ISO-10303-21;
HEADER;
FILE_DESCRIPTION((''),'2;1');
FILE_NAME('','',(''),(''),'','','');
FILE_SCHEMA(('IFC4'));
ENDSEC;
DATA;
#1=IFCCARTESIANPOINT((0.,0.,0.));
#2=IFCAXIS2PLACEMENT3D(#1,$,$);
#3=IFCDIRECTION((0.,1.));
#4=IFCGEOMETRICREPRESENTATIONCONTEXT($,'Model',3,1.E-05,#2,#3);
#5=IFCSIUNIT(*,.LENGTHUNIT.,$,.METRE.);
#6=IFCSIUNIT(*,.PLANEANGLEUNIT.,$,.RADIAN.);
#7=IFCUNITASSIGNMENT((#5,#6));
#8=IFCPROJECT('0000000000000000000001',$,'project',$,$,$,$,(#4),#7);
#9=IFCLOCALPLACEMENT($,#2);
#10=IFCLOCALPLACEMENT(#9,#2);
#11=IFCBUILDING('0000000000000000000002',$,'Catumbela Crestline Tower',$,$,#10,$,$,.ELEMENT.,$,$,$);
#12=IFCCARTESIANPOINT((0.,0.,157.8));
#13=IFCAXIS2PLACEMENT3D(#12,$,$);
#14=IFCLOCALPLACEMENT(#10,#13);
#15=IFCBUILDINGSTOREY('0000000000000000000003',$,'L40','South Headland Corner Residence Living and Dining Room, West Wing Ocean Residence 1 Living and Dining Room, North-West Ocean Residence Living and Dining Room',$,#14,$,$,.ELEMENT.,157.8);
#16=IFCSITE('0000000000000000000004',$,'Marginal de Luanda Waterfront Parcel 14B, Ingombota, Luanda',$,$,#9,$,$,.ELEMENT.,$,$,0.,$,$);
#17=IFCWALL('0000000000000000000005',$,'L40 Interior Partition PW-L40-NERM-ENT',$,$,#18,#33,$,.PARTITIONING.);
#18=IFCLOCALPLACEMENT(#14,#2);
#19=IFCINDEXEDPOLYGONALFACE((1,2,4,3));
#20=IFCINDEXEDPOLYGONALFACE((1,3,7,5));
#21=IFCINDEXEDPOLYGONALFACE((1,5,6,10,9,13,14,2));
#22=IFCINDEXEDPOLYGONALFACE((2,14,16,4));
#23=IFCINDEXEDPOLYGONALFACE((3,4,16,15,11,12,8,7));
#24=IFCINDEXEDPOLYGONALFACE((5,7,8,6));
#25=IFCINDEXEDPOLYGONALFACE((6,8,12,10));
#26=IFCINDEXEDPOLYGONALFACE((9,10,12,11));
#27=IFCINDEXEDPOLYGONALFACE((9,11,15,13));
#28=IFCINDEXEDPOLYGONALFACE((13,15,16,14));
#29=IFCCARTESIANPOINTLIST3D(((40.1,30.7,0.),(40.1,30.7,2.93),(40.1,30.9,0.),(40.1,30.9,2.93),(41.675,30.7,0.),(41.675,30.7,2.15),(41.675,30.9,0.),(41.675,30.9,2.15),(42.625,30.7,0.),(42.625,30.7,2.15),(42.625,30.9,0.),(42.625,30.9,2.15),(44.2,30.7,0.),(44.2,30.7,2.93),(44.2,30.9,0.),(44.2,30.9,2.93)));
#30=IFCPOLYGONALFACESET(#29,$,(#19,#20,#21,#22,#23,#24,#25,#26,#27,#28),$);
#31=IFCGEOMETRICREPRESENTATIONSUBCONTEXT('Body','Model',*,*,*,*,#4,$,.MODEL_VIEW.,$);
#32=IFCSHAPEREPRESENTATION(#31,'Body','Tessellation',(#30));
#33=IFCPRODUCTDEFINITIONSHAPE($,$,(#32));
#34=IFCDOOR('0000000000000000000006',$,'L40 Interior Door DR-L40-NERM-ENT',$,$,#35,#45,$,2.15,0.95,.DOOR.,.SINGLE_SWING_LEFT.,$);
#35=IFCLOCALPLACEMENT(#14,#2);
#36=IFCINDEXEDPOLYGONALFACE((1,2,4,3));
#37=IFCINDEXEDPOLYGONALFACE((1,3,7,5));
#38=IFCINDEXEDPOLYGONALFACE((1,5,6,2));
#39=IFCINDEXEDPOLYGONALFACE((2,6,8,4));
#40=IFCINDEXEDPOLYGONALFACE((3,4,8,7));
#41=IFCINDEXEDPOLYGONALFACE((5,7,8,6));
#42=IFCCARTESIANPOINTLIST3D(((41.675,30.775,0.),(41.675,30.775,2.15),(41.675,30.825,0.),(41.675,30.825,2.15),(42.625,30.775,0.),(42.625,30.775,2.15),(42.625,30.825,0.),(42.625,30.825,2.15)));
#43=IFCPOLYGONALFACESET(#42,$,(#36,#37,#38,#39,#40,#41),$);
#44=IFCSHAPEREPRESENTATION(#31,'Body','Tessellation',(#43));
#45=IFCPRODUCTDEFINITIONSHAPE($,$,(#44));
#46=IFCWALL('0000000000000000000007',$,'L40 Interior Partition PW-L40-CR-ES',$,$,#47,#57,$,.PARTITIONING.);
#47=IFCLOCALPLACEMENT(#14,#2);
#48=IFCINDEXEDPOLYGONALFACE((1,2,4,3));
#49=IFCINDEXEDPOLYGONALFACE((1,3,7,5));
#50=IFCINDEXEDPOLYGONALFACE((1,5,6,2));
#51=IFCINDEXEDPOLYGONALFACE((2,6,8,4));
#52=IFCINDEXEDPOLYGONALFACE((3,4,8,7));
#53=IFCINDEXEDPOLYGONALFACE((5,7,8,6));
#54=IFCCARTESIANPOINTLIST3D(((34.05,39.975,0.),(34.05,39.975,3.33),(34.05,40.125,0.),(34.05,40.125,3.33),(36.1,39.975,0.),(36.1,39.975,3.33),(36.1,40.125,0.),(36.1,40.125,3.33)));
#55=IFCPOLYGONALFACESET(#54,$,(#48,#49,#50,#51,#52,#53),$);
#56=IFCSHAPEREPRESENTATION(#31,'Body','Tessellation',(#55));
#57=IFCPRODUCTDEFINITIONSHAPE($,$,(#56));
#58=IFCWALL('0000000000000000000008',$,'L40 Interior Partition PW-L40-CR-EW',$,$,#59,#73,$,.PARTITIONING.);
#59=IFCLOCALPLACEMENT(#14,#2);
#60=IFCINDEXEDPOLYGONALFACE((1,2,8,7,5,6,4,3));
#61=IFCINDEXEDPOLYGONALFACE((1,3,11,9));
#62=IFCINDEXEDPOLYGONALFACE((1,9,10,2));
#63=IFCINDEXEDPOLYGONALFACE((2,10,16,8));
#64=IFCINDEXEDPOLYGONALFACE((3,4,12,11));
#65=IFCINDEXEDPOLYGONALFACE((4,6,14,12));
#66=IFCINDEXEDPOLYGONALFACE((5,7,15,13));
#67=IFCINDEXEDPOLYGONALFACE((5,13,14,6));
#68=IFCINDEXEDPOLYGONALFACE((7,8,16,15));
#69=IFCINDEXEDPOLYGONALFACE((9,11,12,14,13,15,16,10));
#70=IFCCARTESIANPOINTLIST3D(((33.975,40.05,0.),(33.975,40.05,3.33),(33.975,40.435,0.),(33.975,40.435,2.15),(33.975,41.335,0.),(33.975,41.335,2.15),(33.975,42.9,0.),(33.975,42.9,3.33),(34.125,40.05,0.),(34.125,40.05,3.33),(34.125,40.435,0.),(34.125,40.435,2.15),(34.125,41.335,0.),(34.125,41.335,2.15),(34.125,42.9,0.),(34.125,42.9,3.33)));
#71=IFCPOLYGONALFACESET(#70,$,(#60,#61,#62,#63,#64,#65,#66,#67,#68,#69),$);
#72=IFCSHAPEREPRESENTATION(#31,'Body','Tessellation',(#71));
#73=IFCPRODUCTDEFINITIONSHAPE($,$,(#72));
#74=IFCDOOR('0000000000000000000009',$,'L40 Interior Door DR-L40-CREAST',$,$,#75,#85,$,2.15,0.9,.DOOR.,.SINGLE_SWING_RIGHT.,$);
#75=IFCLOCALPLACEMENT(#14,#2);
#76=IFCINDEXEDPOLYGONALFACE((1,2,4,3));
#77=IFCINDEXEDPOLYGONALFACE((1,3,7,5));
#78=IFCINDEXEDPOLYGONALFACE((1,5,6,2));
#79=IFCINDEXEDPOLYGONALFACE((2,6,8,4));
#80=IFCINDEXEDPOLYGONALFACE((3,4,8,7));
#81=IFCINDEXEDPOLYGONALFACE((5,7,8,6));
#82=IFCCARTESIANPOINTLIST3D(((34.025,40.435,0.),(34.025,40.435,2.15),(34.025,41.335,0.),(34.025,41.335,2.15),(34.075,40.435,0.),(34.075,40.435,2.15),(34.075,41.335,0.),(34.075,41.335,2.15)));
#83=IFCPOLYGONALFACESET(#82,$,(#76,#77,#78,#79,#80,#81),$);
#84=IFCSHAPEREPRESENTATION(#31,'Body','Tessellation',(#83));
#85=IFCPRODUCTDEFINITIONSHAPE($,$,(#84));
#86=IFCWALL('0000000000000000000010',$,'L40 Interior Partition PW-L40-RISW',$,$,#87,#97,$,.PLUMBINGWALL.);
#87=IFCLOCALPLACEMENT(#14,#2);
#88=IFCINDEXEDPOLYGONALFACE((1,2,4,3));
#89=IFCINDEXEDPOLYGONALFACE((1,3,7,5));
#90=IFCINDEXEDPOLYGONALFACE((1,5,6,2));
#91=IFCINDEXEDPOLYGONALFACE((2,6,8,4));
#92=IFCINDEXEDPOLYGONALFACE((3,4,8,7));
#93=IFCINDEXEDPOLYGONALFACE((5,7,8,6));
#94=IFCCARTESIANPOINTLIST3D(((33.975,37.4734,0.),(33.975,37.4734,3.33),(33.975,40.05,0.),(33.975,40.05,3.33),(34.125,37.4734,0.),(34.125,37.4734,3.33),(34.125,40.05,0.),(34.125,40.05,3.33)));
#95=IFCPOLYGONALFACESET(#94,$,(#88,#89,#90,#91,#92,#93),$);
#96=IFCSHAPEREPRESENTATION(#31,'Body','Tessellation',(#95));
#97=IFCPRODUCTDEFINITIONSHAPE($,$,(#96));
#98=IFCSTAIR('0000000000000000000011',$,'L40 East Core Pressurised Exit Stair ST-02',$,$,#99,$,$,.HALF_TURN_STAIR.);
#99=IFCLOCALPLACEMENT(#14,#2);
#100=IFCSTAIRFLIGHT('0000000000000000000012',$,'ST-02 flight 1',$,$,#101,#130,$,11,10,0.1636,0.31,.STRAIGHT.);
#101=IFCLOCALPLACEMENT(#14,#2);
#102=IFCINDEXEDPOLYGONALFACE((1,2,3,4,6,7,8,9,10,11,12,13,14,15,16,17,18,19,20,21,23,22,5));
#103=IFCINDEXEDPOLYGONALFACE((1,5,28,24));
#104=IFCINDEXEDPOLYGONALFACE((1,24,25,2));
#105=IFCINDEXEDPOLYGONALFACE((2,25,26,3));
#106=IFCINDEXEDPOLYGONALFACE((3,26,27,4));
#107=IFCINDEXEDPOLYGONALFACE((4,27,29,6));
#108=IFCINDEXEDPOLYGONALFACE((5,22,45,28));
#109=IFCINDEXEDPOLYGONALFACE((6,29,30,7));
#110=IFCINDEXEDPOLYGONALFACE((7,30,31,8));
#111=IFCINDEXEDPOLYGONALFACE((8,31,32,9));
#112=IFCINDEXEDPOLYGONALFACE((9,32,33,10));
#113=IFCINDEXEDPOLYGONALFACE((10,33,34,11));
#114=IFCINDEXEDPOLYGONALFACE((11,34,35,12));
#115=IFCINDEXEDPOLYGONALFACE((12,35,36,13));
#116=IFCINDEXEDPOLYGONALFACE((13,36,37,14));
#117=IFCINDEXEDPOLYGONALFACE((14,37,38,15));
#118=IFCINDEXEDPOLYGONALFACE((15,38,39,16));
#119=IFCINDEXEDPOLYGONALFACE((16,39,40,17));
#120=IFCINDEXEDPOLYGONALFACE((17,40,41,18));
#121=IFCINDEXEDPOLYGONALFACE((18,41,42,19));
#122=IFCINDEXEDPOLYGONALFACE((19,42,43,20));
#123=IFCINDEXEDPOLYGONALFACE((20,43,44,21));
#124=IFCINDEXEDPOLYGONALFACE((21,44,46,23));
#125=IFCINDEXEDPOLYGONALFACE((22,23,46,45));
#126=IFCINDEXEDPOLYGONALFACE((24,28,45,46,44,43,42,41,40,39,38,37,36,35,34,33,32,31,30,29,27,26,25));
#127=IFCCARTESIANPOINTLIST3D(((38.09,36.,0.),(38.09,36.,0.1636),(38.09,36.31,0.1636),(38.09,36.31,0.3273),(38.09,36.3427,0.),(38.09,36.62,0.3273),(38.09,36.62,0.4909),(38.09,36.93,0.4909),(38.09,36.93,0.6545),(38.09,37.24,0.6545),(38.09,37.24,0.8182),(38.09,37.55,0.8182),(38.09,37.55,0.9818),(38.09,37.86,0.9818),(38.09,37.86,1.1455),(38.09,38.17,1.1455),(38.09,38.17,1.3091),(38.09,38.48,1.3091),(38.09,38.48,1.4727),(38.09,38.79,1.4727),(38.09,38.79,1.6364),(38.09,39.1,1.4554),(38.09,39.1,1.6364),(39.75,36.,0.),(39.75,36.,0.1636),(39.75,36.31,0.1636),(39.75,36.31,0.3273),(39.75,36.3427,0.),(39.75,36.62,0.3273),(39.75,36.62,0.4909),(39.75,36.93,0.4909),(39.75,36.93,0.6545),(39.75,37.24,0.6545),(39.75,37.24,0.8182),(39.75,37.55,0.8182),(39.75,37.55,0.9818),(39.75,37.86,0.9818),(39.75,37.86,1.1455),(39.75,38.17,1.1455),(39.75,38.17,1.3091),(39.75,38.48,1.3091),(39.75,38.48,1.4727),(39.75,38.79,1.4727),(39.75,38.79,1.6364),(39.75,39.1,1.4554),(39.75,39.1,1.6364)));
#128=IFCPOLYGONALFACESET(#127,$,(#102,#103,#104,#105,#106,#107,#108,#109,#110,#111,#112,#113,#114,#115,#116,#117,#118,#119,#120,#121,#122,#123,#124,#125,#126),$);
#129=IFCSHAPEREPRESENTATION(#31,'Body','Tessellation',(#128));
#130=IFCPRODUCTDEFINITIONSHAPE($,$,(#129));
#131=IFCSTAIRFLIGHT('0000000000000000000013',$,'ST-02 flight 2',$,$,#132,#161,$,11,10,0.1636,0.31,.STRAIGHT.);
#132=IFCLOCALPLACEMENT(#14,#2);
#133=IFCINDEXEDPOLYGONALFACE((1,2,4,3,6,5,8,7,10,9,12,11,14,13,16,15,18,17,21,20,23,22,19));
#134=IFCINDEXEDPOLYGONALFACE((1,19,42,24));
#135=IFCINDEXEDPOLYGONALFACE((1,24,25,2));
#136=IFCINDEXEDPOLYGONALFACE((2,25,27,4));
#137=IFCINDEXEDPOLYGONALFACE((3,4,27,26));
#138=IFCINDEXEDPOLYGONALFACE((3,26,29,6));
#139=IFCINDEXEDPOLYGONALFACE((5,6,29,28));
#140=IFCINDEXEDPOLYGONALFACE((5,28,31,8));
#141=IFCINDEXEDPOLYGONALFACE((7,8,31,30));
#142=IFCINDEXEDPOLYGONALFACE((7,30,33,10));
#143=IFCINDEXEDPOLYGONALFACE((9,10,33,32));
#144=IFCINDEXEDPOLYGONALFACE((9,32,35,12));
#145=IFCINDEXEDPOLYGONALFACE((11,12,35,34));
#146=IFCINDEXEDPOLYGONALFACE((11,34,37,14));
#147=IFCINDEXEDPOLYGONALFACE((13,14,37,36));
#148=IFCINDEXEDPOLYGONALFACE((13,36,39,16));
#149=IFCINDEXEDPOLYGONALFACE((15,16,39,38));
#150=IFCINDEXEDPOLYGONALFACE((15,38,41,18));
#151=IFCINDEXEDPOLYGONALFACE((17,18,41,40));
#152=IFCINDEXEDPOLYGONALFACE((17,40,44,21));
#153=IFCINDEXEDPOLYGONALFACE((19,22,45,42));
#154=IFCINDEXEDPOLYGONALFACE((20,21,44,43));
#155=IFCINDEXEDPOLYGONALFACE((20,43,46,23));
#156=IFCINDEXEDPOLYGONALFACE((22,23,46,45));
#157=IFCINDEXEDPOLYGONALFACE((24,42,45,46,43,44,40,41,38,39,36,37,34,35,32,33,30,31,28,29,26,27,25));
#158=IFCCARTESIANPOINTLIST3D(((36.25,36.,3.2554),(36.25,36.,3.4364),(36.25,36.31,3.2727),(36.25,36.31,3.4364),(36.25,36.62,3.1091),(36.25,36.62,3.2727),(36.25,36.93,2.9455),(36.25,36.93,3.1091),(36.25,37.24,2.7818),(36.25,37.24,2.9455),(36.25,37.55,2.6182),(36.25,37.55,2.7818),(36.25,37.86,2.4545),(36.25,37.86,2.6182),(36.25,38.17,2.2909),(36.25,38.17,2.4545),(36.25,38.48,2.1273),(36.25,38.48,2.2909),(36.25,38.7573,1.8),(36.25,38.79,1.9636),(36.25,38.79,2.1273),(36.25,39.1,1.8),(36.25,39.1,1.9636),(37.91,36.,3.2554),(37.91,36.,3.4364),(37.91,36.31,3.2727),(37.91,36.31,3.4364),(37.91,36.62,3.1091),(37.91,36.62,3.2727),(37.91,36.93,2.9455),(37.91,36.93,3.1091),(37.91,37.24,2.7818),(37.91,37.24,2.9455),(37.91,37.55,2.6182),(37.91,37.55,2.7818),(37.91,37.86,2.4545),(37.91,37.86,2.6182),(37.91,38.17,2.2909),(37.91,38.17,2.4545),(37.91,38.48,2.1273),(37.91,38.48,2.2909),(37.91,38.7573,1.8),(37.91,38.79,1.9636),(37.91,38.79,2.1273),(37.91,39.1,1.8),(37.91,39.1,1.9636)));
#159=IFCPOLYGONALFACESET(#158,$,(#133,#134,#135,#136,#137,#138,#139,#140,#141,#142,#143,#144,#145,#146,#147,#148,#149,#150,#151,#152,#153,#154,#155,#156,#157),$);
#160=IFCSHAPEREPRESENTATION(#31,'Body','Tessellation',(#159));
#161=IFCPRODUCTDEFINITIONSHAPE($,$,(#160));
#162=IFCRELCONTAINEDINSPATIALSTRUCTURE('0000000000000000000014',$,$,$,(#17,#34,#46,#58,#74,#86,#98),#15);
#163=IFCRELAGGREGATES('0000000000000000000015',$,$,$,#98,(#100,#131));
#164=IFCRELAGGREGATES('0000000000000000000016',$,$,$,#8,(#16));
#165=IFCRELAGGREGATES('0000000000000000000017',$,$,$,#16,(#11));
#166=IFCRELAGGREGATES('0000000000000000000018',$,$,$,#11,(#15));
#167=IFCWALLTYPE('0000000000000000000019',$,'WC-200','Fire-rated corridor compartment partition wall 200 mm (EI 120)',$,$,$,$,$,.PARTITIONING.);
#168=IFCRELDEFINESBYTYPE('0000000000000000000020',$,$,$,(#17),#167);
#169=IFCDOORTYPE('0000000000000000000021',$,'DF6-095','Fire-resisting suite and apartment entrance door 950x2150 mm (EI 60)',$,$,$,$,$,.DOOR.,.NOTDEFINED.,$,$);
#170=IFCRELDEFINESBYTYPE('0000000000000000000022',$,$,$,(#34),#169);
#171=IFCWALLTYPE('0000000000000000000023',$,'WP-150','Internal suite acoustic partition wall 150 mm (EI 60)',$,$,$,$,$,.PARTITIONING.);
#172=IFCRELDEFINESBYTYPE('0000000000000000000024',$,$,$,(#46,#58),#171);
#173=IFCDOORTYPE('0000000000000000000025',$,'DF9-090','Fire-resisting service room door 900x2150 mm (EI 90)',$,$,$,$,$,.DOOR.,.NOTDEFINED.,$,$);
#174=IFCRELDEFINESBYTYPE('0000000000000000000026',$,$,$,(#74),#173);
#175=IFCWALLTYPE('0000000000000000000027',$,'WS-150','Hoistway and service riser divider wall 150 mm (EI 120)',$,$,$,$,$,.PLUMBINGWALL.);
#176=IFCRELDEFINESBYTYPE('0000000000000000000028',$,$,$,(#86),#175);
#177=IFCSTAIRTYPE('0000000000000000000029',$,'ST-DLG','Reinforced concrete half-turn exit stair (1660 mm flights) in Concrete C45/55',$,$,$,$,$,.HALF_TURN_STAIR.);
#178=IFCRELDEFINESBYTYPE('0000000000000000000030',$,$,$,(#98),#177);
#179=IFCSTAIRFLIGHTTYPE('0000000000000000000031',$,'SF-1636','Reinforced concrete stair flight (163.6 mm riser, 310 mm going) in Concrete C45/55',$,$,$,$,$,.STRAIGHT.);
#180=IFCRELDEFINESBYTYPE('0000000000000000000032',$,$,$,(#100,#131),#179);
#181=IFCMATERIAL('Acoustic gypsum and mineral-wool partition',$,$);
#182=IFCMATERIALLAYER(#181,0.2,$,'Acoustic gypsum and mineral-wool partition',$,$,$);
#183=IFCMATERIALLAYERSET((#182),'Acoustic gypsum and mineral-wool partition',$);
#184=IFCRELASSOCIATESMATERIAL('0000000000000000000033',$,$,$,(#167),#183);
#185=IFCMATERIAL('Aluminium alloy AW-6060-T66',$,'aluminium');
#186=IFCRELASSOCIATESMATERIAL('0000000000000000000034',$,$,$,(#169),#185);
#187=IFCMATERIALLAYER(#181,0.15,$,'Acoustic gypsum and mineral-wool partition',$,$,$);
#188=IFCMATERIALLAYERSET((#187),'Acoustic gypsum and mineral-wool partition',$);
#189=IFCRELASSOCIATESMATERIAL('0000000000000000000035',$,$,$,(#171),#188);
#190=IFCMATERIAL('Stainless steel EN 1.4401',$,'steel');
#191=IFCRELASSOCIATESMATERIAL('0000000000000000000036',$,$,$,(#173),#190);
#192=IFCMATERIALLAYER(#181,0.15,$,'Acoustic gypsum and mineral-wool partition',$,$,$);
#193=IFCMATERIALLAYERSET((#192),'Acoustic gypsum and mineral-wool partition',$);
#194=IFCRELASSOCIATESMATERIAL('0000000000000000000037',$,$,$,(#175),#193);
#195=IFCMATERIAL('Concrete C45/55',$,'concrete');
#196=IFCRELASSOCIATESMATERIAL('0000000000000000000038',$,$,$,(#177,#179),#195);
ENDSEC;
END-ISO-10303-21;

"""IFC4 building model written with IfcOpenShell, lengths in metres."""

from ifc_helpers import new_model, si_unit, direction, frame, frame_2d, origin, place, context, subcontext, project, spatial, polyline, rectangle, outline, extrude, material, layer, layer_set, type_object, element, fill, aggregate, save


model = new_model("IFC4")

# Units and contexts
model_context = context("Model", 3, precision=1e-05, world=origin(), true_north=direction((0.0, 1.0)))
body_context = subcontext(model_context, "Body", "Model", "MODEL_VIEW")
ifc_project = project(units=[si_unit("LENGTHUNIT", "METRE"), si_unit("PLANEANGLEUNIT", "RADIAN")], contexts=[model_context])

# Site, building, storey
site_placement = place(None, origin())
site = spatial("IfcSite", under=ifc_project, at=site_placement, Name="Marginal de Luanda Waterfront Parcel 14B, Ingombota, Luanda", CompositionType="ELEMENT", RefElevation=0.0)
building_placement = place(site_placement, origin())
building = spatial("IfcBuilding", under=site, at=building_placement, Name="Catumbela Crestline Tower", CompositionType="ELEMENT")
storey_placement = place(building_placement, frame((0.0, 0.0, 157.8)))
storey = spatial("IfcBuildingStorey", under=building, at=storey_placement, Name="L40", Description="South Headland Corner Residence Living and Dining Room, West Wing Ocean Residence 1 Living and Dining Room, North-West Ocean Residence Living and Dining Room", CompositionType="ELEMENT", Elevation=157.8)

# Shared definitions
ifc_material_1 = material(Name="Aluminium alloy AW-6060-T66", Category="aluminium")

# Wall, opening, door
ifc_material_2 = material(Name="Acoustic gypsum and mineral-wool partition")
ifc_layer_1 = layer(ifc_material_2, 0.2, Name="Acoustic gypsum and mineral-wool partition")
ifc_layer_set_1 = layer_set([ifc_layer_1], Name="Acoustic gypsum and mineral-wool partition")
wall_type_1 = type_object("IfcWallType", Name="WC-200", Description="Fire-rated corridor compartment partition wall 200 mm (EI 120)", PredefinedType="PARTITIONING", material=ifc_layer_set_1)
wall_1_placement = place(storey_placement, frame((40.1, 30.8, 0.0), z_axis=(0.0, 0.0, 1.0), x_axis=(1.0, 0.0, 0.0)))
wall_1 = element("IfcWall", 1, at=wall_1_placement, inside=storey, type_object=wall_type_1, Name="L40 Interior Partition PW-L40-NERM-ENT", PredefinedType="PARTITIONING", context=body_context, shape_type="SweptSolid", body=[
    extrude(rectangle(XDim=4.1, YDim=0.2, at=frame_2d((2.05, 0.0))), origin(), (0.0, 0.0, 1.0), 2.93),
])
opening_1_placement = place(wall_1_placement, frame((1.575, 0.0, 0.0)))
opening_1 = element("IfcOpeningElement", 2, at=opening_1_placement, cuts=wall_1, PredefinedType="OPENING", context=body_context, shape_type="SweptSolid", body=[
    extrude(rectangle(XDim=0.95, YDim=2.15, at=frame_2d((0.475, 1.075))), frame((0.0, 0.11, 0.0), z_axis=(0.0, -1.0, 0.0), x_axis=(1.0, 0.0, 0.0)), (0.0, 0.0, 1.0), 0.22),
])
door_type_1 = type_object("IfcDoorType", Name="DF6-095", Description="Fire-resisting suite and apartment entrance door 950x2150 mm (EI 60)", OperationType="NOTDEFINED", PredefinedType="DOOR", material=ifc_material_1)
door_1_placement = place(opening_1_placement, origin())
door_1 = element("IfcDoor", 3, at=door_1_placement, inside=storey, type_object=door_type_1, Name="L40 Interior Door DR-L40-NERM-ENT", OperationType="SINGLE_SWING_LEFT", OverallHeight=2.15, OverallWidth=0.95, PredefinedType="DOOR", context=body_context, shape_type="SweptSolid", body=[
    extrude(rectangle(XDim=0.95, YDim=2.15, at=frame_2d((0.475, 1.075))), frame((0.0, 0.025, 0.0), z_axis=(0.0, -1.0, 0.0), x_axis=(1.0, 0.0, 0.0)), (0.0, 0.0, 1.0), 0.05),
])
fill(opening_1, door_1)

# Wall
ifc_layer_2 = layer(ifc_material_2, 0.15, Name="Acoustic gypsum and mineral-wool partition")
ifc_layer_set_2 = layer_set([ifc_layer_2], Name="Acoustic gypsum and mineral-wool partition")
wall_type_2 = type_object("IfcWallType", Name="WP-150", Description="Internal suite acoustic partition wall 150 mm (EI 60)", PredefinedType="PARTITIONING", material=ifc_layer_set_2)
wall_2_placement = place(storey_placement, frame((34.05, 40.05, 0.0), z_axis=(0.0, 0.0, 1.0), x_axis=(1.0, 0.0, 0.0)))
element("IfcWall", 4, at=wall_2_placement, inside=storey, type_object=wall_type_2, Name="L40 Interior Partition PW-L40-CR-ES", PredefinedType="PARTITIONING", context=body_context, shape_type="SweptSolid", body=[
    extrude(rectangle(XDim=2.05, YDim=0.15, at=frame_2d((1.025, 0.0))), origin(), (0.0, 0.0, 1.0), 3.33),
])

# Wall, opening, door
wall_3_placement = place(storey_placement, frame((34.05, 40.05, 0.0), z_axis=(0.0, 0.0, 1.0), x_axis=(0.0, 1.0, 0.0)))
wall_3 = element("IfcWall", 5, at=wall_3_placement, inside=storey, type_object=wall_type_2, Name="L40 Interior Partition PW-L40-CR-EW", PredefinedType="PARTITIONING", context=body_context, shape_type="SweptSolid", body=[
    extrude(rectangle(XDim=2.85, YDim=0.15, at=frame_2d((1.425, 0.0))), origin(), (0.0, 0.0, 1.0), 3.33),
])
opening_2_placement = place(wall_3_placement, frame((0.385, 0.0, 0.0)))
opening_2 = element("IfcOpeningElement", 6, at=opening_2_placement, cuts=wall_3, PredefinedType="OPENING", context=body_context, shape_type="SweptSolid", body=[
    extrude(rectangle(XDim=0.9, YDim=2.15, at=frame_2d((0.45, 1.075))), frame((0.0, 0.085, 0.0), z_axis=(0.0, -1.0, 0.0), x_axis=(1.0, 0.0, 0.0)), (0.0, 0.0, 1.0), 0.17),
])
ifc_material_3 = material(Name="Stainless steel EN 1.4401", Category="steel")
door_type_2 = type_object("IfcDoorType", Name="DF9-090", Description="Fire-resisting service room door 900x2150 mm (EI 90)", OperationType="NOTDEFINED", PredefinedType="DOOR", material=ifc_material_3)
door_2_placement = place(opening_2_placement, origin())
door_2 = element("IfcDoor", 7, at=door_2_placement, inside=storey, type_object=door_type_2, Name="L40 Interior Door DR-L40-CREAST", OperationType="SINGLE_SWING_RIGHT", OverallHeight=2.15, OverallWidth=0.9, PredefinedType="DOOR", context=body_context, shape_type="SweptSolid", body=[
    extrude(rectangle(XDim=0.9, YDim=2.15, at=frame_2d((0.45, 1.075))), frame((0.0, 0.025, 0.0), z_axis=(0.0, -1.0, 0.0), x_axis=(1.0, 0.0, 0.0)), (0.0, 0.0, 1.0), 0.05),
])
fill(opening_2, door_2)

# Wall
ifc_layer_3 = layer(ifc_material_2, 0.15, Name="Acoustic gypsum and mineral-wool partition")
ifc_layer_set_3 = layer_set([ifc_layer_3], Name="Acoustic gypsum and mineral-wool partition")
wall_type_3 = type_object("IfcWallType", Name="WS-150", Description="Hoistway and service riser divider wall 150 mm (EI 120)", PredefinedType="PLUMBINGWALL", material=ifc_layer_set_3)
wall_4_placement = place(storey_placement, frame((34.05, 37.4734, 0.0), z_axis=(0.0, 0.0, 1.0), x_axis=(0.0, 1.0, 0.0)))
element("IfcWall", 8, at=wall_4_placement, inside=storey, type_object=wall_type_3, Name="L40 Interior Partition PW-L40-RISW", PredefinedType="PLUMBINGWALL", context=body_context, shape_type="SweptSolid", body=[
    extrude(rectangle(XDim=2.5766, YDim=0.15, at=frame_2d((1.2883, 0.0))), origin(), (0.0, 0.0, 1.0), 3.33),
])

# Stair, stair flights
ifc_material_4 = material(Name="Concrete C45/55", Category="concrete")
stair_type = type_object("IfcStairType", Name="ST-DLG", Description="Reinforced concrete half-turn exit stair (1660 mm flights) in Concrete C45/55", PredefinedType="HALF_TURN_STAIR", material=ifc_material_4)
stair_placement = place(storey_placement, origin())
stair = element("IfcStair", 9, at=stair_placement, inside=storey, type_object=stair_type, Name="L40 East Core Pressurised Exit Stair ST-02", PredefinedType="HALF_TURN_STAIR")
stair_flight_type = type_object("IfcStairFlightType", Name="SF-1636", Description="Reinforced concrete stair flight (163.6 mm riser, 310 mm going) in Concrete C45/55", PredefinedType="STRAIGHT", material=ifc_material_4)
stair_flight_1_placement = place(storey_placement, frame((38.92, 36.0, 0.0), z_axis=(0.0, 0.0, 1.0), x_axis=(0.0, 1.0, 0.0)))
stair_flight_1 = element("IfcStairFlight", 10, at=stair_flight_1_placement, type_object=stair_flight_type, Name="ST-02 flight 1", NumberOfRisers=11, NumberOfTreads=10, PredefinedType="STRAIGHT", RiserHeight=0.1636, TreadLength=0.31, context=body_context, shape_type="SweptSolid", body=[
    extrude(outline(polyline([(0.0, 0.0), (0.0, 0.1636), (0.31, 0.1636), (0.31, 0.3273), (0.62, 0.3273), (0.62, 0.4909), (0.93, 0.4909), (0.93, 0.6545), (1.24, 0.6545), (1.24, 0.8182), (1.55, 0.8182), (1.55, 0.9818), (1.86, 0.9818), (1.86, 1.1455), (2.17, 1.1455), (2.17, 1.3091), (2.48, 1.3091), (2.48, 1.4727), (2.79, 1.4727), (2.79, 1.6364), (3.1, 1.6364), (3.1, 1.8), (3.1, 1.4554), (0.3427, 0.0), (0.0, 0.0)])), frame((0.0, 0.83, 0.0), z_axis=(0.0, -1.0, 0.0), x_axis=(1.0, 0.0, 0.0)), (0.0, 0.0, 1.0), 1.66),
])
stair_flight_2_placement = place(storey_placement, frame((37.08, 39.1, 1.8), z_axis=(0.0, 0.0, 1.0), x_axis=(0.0, -1.0, 0.0)))
stair_flight_2 = element("IfcStairFlight", 11, at=stair_flight_2_placement, type_object=stair_flight_type, Name="ST-02 flight 2", NumberOfRisers=11, NumberOfTreads=10, PredefinedType="STRAIGHT", RiserHeight=0.1636, TreadLength=0.31, context=body_context, shape_type="SweptSolid", body=[
    extrude(outline(polyline([(0.0, 0.0), (0.0, 0.1636), (0.31, 0.1636), (0.31, 0.3273), (0.62, 0.3273), (0.62, 0.4909), (0.93, 0.4909), (0.93, 0.6545), (1.24, 0.6545), (1.24, 0.8182), (1.55, 0.8182), (1.55, 0.9818), (1.86, 0.9818), (1.86, 1.1455), (2.17, 1.1455), (2.17, 1.3091), (2.48, 1.3091), (2.48, 1.4727), (2.79, 1.4727), (2.79, 1.6364), (3.1, 1.6364), (3.1, 1.8), (3.1, 1.4554), (0.3427, 0.0), (0.0, 0.0)])), frame((0.0, 0.83, 0.0), z_axis=(0.0, -1.0, 0.0), x_axis=(1.0, 0.0, 0.0)), (0.0, 0.0, 1.0), 1.66),
])
aggregate(stair, [stair_flight_1, stair_flight_2])

save(model, "model.ifc")
